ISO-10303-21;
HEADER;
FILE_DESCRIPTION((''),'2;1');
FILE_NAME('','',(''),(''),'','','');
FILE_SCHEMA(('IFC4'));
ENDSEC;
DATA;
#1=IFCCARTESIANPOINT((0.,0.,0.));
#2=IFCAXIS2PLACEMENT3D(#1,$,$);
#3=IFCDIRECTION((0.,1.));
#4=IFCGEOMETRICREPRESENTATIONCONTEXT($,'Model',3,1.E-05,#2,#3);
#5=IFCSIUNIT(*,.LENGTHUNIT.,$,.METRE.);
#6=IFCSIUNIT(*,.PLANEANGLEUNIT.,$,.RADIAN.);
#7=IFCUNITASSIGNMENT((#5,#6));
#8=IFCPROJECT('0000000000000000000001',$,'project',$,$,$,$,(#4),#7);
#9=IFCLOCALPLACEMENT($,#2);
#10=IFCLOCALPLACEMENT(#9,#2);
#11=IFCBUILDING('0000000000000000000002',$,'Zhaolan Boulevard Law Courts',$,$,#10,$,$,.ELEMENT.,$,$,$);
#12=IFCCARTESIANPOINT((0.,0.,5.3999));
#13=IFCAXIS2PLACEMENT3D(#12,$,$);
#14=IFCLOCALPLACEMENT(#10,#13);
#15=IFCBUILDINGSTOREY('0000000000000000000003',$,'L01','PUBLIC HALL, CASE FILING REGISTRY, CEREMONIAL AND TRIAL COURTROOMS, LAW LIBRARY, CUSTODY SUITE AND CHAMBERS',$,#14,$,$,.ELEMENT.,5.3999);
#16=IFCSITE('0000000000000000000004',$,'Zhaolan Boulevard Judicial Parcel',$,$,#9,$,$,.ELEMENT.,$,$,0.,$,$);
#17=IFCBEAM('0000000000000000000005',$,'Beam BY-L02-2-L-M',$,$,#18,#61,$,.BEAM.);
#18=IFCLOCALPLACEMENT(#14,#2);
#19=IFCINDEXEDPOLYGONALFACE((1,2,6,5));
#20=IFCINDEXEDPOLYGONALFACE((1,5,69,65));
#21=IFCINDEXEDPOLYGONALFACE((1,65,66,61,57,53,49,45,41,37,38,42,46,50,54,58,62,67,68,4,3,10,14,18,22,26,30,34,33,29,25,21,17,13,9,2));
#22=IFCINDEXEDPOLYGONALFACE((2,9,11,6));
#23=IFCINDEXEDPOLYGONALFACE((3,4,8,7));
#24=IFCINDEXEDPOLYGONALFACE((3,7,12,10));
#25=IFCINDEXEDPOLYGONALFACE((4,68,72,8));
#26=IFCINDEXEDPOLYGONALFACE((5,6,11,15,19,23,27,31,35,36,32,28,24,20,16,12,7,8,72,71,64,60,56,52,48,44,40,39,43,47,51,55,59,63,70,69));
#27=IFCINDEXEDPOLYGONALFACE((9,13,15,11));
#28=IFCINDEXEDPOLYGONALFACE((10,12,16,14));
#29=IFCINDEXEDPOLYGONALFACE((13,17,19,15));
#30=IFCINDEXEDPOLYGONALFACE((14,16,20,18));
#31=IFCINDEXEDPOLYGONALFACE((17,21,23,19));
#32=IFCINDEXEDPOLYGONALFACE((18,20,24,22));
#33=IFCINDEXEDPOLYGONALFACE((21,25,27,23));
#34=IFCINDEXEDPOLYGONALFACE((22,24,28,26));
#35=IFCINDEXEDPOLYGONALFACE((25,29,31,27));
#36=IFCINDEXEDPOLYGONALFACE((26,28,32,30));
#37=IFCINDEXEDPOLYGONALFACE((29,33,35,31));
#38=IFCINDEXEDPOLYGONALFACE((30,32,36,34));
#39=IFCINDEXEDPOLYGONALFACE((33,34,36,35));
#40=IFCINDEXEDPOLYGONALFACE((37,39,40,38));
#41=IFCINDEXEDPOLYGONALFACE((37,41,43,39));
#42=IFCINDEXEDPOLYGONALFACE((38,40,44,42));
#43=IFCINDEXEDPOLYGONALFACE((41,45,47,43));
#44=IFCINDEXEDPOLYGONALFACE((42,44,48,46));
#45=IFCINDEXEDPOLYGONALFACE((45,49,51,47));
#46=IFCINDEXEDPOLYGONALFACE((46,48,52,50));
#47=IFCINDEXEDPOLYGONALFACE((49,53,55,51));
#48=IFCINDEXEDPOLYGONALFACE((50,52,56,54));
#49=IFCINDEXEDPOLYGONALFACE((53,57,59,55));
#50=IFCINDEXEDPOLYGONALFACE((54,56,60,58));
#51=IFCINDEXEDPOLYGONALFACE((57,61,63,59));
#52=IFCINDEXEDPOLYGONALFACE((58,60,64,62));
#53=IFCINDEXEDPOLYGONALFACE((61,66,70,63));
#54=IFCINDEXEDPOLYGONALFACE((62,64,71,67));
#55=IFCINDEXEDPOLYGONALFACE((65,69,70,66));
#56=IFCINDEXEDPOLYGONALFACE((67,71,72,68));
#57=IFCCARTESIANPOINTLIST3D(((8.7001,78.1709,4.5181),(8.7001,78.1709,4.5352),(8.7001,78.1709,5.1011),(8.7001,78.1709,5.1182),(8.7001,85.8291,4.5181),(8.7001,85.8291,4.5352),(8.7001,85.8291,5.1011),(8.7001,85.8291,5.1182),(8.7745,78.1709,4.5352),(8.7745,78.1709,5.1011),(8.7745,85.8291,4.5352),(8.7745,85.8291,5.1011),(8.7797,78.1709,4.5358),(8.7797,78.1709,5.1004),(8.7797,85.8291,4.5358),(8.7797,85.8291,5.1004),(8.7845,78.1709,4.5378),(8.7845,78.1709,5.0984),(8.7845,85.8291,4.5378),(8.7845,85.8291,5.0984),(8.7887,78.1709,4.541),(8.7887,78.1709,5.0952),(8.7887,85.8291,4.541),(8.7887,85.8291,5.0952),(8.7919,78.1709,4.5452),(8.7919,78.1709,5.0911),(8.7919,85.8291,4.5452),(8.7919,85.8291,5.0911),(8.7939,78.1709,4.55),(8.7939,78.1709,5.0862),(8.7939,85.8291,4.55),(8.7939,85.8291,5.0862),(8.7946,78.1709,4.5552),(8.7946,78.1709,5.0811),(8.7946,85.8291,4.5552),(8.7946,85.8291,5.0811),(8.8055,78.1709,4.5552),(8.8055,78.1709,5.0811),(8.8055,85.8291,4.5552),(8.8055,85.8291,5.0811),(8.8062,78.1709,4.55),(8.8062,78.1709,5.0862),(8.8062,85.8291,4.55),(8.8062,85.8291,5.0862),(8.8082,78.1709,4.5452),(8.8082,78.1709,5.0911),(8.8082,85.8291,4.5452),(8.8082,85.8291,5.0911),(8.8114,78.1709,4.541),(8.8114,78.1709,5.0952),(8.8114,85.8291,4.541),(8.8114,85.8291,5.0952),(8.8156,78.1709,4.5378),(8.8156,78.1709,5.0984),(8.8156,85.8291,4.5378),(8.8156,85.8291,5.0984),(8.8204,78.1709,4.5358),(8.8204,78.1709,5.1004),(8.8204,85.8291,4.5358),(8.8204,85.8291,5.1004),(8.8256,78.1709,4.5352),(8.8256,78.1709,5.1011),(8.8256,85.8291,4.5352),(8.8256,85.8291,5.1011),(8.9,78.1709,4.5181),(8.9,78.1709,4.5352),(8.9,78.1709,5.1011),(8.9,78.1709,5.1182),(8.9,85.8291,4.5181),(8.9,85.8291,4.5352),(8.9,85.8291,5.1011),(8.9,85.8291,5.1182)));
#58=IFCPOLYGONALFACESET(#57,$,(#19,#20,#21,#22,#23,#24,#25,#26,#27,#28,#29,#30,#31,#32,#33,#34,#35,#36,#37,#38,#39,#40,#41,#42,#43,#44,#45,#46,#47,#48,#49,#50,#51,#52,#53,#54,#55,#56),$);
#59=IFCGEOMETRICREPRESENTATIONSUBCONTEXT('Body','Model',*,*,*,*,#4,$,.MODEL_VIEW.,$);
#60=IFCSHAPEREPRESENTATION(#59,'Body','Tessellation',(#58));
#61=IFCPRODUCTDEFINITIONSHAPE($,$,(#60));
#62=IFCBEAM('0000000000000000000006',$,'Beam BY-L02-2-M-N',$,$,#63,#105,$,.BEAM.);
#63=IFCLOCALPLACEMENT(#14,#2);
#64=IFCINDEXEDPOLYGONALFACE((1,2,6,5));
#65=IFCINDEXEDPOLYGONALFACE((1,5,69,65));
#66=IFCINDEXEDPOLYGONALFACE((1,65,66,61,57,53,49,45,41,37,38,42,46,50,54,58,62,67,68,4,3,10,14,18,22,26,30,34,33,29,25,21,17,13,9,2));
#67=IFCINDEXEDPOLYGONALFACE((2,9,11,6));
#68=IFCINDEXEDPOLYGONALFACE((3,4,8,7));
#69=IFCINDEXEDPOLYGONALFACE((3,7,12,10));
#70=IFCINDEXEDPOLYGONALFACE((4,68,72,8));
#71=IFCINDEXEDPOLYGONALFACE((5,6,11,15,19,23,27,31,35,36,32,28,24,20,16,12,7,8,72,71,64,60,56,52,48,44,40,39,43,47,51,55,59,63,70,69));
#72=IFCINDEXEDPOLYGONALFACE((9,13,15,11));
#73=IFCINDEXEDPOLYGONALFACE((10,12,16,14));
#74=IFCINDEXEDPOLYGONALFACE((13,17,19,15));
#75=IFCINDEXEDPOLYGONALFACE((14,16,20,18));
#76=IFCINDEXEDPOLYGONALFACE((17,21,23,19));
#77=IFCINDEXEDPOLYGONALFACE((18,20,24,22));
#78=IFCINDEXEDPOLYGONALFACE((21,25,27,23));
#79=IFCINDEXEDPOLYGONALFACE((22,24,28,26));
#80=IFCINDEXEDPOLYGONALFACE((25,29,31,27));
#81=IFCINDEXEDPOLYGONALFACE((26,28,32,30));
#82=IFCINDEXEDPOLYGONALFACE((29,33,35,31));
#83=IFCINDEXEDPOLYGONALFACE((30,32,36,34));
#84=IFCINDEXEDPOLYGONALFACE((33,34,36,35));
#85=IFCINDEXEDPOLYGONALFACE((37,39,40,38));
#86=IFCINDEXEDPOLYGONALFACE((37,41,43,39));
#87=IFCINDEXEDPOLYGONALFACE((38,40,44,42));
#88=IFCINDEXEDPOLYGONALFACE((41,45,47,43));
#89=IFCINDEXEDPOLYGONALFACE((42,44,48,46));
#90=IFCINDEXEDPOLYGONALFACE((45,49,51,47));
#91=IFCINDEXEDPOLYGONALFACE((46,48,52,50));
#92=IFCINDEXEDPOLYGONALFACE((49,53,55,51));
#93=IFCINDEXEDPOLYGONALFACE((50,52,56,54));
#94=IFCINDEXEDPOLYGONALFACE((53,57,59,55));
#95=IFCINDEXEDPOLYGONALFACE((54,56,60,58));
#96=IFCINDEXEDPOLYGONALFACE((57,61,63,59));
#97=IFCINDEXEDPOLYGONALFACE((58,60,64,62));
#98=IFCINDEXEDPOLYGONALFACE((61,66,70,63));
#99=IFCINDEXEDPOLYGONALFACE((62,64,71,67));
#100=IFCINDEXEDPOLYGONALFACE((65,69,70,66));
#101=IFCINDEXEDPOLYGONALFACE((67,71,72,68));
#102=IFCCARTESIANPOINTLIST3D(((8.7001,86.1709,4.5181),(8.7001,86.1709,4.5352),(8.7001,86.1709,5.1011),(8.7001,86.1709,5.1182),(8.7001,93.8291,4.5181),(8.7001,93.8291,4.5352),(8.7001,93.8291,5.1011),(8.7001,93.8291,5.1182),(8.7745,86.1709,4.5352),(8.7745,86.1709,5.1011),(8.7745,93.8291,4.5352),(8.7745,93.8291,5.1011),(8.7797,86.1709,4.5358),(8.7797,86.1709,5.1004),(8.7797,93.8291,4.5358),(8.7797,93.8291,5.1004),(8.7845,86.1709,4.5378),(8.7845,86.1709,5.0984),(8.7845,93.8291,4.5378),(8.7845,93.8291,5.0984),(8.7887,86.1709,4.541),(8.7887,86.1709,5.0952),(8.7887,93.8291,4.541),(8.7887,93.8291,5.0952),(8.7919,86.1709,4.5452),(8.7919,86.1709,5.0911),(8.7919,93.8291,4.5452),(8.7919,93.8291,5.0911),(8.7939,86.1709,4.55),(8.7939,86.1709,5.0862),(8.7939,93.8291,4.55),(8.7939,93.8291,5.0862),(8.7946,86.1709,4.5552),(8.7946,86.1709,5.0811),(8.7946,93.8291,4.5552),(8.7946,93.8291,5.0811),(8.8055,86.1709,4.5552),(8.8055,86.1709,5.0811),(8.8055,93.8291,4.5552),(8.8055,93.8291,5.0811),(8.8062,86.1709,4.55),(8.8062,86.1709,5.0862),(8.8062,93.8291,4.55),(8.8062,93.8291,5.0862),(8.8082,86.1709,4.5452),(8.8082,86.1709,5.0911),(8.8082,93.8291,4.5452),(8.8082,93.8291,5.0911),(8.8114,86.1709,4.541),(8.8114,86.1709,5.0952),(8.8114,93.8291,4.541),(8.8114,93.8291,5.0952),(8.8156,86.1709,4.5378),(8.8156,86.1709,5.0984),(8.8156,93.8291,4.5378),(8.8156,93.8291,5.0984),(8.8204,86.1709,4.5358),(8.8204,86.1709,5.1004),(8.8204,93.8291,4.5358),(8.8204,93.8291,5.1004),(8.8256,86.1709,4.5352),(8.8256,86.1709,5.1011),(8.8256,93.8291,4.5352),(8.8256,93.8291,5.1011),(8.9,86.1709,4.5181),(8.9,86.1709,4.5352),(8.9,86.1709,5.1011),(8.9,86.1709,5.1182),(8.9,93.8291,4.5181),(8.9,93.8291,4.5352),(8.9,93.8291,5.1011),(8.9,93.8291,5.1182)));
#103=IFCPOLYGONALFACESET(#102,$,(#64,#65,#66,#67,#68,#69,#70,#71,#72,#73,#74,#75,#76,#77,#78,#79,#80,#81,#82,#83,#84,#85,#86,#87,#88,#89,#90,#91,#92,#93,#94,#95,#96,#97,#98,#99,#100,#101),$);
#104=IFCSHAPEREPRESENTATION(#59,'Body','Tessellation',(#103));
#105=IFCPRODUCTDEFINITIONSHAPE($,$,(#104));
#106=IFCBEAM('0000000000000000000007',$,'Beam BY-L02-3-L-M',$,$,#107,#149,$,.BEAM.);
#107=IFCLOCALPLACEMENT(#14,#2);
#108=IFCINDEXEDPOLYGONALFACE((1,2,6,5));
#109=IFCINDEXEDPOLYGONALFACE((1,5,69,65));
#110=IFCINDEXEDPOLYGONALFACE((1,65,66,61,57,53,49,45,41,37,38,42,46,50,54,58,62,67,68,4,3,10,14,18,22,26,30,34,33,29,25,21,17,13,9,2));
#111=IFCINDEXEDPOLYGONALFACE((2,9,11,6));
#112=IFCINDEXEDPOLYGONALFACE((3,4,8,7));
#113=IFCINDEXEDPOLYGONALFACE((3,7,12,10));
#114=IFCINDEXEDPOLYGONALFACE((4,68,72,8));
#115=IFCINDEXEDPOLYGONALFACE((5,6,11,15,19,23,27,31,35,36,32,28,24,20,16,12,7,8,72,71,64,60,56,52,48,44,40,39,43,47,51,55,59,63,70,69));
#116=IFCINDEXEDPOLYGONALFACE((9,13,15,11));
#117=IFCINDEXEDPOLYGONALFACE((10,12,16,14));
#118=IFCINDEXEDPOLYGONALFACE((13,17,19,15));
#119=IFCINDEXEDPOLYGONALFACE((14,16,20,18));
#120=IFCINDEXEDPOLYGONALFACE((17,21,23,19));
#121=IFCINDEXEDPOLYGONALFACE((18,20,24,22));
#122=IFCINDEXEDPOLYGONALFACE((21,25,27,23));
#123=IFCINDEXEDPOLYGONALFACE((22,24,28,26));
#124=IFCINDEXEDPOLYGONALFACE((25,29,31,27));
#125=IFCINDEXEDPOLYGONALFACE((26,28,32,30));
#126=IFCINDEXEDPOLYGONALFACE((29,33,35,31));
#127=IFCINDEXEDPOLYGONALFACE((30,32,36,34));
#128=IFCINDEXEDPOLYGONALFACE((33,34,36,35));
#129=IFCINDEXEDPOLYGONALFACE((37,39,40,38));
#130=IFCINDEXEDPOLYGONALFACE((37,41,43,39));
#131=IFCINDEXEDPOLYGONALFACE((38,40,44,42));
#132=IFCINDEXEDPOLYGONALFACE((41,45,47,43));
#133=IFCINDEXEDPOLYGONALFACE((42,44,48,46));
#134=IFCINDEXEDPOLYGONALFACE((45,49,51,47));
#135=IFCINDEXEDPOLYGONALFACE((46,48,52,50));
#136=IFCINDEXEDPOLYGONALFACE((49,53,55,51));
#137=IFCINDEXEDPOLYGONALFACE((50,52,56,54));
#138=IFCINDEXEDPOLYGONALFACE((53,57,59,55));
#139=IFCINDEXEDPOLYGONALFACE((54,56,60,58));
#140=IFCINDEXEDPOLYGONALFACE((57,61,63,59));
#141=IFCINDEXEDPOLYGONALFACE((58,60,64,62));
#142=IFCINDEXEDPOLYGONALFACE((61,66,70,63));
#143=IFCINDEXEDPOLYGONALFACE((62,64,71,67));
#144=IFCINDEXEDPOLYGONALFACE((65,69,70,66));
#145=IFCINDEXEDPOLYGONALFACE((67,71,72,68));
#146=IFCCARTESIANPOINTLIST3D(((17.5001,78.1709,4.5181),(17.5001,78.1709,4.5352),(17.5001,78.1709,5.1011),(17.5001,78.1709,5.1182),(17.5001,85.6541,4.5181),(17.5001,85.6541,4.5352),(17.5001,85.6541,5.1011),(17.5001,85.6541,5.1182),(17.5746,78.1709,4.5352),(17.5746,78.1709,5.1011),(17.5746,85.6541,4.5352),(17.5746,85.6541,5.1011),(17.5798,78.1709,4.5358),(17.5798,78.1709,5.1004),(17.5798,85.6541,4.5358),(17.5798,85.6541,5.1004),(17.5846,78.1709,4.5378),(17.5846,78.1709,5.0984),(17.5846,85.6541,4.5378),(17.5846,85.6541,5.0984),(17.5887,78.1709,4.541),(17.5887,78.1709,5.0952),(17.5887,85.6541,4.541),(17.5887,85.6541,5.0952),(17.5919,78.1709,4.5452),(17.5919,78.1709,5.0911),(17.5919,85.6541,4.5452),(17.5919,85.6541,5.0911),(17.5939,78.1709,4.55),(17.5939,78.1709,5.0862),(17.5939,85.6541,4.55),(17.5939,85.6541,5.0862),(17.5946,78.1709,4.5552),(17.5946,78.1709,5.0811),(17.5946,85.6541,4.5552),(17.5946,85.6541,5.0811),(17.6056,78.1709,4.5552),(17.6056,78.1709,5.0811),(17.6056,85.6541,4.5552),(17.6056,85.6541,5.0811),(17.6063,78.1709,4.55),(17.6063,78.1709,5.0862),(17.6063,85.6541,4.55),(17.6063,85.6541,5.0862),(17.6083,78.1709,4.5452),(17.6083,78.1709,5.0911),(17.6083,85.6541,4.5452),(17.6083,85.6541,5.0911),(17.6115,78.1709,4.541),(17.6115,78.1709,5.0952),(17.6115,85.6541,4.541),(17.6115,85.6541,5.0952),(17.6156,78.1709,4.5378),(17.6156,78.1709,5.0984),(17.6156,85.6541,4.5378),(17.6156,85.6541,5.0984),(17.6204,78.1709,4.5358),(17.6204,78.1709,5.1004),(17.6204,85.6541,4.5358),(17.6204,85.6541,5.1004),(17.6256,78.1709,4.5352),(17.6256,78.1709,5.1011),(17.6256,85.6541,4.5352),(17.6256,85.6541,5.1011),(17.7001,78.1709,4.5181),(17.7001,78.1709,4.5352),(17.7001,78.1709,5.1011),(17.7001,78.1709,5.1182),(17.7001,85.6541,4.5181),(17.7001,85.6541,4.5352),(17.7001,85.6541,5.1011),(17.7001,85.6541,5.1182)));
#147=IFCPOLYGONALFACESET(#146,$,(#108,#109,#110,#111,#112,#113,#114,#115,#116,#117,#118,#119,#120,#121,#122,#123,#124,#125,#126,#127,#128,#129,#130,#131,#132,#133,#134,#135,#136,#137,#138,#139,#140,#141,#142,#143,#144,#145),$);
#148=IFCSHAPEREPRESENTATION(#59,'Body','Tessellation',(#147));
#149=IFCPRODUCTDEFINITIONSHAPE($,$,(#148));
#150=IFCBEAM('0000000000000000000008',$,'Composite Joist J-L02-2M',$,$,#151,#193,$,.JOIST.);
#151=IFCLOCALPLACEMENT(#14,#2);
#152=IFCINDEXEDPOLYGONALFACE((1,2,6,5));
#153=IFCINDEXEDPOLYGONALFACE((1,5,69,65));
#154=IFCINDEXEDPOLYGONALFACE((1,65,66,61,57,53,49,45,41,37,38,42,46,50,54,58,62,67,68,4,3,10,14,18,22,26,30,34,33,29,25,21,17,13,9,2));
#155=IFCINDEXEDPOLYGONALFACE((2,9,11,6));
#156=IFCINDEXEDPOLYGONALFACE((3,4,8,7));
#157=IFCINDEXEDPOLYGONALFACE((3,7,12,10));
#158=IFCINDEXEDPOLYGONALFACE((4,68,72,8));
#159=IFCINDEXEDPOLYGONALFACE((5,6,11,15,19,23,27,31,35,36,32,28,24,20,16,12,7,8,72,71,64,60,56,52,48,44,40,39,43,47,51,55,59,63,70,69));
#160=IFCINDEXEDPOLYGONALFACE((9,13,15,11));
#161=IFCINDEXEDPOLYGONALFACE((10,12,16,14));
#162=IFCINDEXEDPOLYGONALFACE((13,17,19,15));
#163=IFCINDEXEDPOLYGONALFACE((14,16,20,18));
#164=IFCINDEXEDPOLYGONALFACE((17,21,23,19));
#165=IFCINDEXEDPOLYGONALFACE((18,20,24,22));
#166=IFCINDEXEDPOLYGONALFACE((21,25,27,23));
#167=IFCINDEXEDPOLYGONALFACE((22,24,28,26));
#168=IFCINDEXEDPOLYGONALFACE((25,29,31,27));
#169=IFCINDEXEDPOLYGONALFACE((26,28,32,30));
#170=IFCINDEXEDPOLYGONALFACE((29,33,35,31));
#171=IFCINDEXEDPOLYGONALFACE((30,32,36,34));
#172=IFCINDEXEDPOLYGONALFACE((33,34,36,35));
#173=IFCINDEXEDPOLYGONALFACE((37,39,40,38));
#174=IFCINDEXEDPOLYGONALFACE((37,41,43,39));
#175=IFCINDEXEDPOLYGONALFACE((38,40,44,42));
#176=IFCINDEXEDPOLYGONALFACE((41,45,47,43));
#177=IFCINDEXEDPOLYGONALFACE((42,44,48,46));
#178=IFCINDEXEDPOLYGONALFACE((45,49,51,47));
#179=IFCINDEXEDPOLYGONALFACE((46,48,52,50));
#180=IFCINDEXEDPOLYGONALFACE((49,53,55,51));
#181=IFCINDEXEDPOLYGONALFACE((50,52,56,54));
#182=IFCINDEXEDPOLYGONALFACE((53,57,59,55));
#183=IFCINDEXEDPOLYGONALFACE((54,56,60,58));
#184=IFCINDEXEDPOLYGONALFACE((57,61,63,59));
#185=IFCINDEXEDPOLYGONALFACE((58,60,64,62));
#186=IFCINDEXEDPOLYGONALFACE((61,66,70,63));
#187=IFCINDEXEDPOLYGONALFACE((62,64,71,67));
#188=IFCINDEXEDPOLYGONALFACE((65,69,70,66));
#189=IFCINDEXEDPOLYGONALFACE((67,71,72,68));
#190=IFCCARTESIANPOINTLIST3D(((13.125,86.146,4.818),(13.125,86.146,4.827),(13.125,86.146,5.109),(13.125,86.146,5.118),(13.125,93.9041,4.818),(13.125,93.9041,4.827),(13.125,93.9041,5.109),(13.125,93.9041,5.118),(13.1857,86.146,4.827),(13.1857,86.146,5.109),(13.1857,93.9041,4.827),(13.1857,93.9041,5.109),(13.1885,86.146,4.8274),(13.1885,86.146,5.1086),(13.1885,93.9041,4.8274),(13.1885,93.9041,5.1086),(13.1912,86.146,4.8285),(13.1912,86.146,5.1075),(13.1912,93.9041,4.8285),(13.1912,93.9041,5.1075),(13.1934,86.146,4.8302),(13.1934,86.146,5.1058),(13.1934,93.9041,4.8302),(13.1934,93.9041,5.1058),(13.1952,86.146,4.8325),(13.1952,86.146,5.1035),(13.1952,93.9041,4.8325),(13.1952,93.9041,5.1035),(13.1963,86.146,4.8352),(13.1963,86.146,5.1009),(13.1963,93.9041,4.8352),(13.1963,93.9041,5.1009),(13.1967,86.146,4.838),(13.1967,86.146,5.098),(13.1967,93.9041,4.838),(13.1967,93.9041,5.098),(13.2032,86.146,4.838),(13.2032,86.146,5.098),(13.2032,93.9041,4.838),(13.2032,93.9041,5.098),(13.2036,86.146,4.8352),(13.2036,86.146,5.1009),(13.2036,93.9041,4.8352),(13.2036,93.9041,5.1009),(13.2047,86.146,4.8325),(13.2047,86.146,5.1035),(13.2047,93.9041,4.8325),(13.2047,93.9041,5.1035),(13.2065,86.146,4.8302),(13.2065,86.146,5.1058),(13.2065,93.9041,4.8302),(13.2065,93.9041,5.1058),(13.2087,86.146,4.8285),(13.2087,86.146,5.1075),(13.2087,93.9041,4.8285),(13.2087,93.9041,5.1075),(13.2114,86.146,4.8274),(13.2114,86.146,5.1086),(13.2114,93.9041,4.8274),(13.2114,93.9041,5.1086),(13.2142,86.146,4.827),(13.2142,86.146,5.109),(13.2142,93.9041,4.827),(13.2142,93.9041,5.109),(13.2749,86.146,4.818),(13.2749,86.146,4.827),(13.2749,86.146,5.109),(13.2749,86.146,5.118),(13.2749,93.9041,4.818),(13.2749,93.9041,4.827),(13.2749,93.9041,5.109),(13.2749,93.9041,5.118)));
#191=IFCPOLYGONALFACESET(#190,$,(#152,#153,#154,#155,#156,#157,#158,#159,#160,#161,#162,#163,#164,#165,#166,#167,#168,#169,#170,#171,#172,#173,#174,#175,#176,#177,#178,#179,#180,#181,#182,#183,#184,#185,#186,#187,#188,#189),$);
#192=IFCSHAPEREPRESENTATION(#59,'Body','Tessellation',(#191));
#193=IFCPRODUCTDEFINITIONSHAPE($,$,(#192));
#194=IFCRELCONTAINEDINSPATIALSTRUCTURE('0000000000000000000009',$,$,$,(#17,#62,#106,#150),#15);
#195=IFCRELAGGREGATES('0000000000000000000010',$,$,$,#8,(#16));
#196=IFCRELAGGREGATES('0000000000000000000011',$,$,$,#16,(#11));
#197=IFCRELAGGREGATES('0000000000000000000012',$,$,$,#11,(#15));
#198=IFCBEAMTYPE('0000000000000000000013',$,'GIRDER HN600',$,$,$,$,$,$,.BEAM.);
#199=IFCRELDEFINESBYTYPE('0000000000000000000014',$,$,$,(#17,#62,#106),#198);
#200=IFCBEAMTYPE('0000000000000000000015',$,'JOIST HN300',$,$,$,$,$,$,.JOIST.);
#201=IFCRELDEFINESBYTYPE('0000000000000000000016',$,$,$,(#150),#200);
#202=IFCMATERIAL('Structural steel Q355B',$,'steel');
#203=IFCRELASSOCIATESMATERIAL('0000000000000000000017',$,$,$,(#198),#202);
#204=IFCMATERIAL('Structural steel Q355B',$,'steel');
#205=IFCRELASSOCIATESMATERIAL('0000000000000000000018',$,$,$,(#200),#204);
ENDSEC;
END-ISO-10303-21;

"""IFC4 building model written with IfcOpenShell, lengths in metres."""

from ifc_helpers import new_model, si_unit, direction, frame, origin, origin_2d, place, context, subcontext, project, spatial, i_section, extrude, material, material_profile, profile_set, type_object, element, save


model = new_model("IFC4")

# Units and contexts
model_context = context("Model", 3, precision=1e-05, world=origin(), true_north=direction((0.0, 1.0)))
body_context = subcontext(model_context, "Body", "Model", "MODEL_VIEW")
ifc_project = project(units=[si_unit("LENGTHUNIT", "METRE"), si_unit("PLANEANGLEUNIT", "RADIAN")], contexts=[model_context])

# Site, building, storey
site_placement = place(None, origin())
site = spatial("IfcSite", under=ifc_project, at=site_placement, Name="Zhaolan Boulevard Judicial Parcel", CompositionType="ELEMENT", RefElevation=0.0)
building_placement = place(site_placement, origin())
building = spatial("IfcBuilding", under=site, at=building_placement, Name="Zhaolan Boulevard Law Courts", CompositionType="ELEMENT")
storey_placement = place(building_placement, frame((0.0, 0.0, 5.3999)))
storey = spatial("IfcBuildingStorey", under=building, at=storey_placement, Name="L01", Description="PUBLIC HALL, CASE FILING REGISTRY, CEREMONIAL AND TRIAL COURTROOMS, LAW LIBRARY, CUSTODY SUITE AND CHAMBERS", CompositionType="ELEMENT", Elevation=5.3999)

# Beams
ifc_material_1 = material(Name="Structural steel Q355B", Category="steel")
ifc_material_profile_1 = material_profile(ifc_material_1, i_section(OverallWidth=0.2, OverallDepth=0.6001, WebThickness=0.011, FlangeThickness=0.0171, FilletRadius=0.02, at=origin_2d()), Name="HN600x200")
ifc_profile_set_1 = profile_set([ifc_material_profile_1], Name="Structural steel Q355B")
beam_type_1 = type_object("IfcBeamType", Name="GIRDER HN600", PredefinedType="BEAM", material=ifc_profile_set_1)
for number, where, z_axis, x_axis, name in (
    (1, (8.8, 78.1709, 4.8181), (0.0, 1.0, 0.0), (-1.0, 0.0, 0.0), "Beam BY-L02-2-L-M"),
    (2, (8.8, 86.1709, 4.8181), (0.0, 1.0, 0.0), (-1.0, 0.0, 0.0), "Beam BY-L02-2-M-N"),
):
    element("IfcBeam", number, at=place(storey_placement, frame(where, z_axis=z_axis, x_axis=x_axis)), inside=storey, type_object=beam_type_1, Name=name, PredefinedType="BEAM", context=body_context, shape_type="SweptSolid", body=[
        extrude(i_section(OverallWidth=0.2, OverallDepth=0.6001, WebThickness=0.011, FlangeThickness=0.0171, FilletRadius=0.02, at=origin_2d()), origin(), (0.0, 0.0, 1.0), 7.6582),
    ])
beam_1_placement = place(storey_placement, frame((17.6001, 78.1709, 4.8181), z_axis=(0.0, 1.0, 0.0), x_axis=(-1.0, 0.0, 0.0)))
element("IfcBeam", 3, at=beam_1_placement, inside=storey, type_object=beam_type_1, Name="Beam BY-L02-3-L-M", PredefinedType="BEAM", context=body_context, shape_type="SweptSolid", body=[
    extrude(i_section(OverallWidth=0.2, OverallDepth=0.6001, WebThickness=0.011, FlangeThickness=0.0171, FilletRadius=0.02, at=origin_2d()), origin(), (0.0, 0.0, 1.0), 7.4832),
])
ifc_material_2 = material(Name="Structural steel Q355B", Category="steel")
ifc_material_profile_2 = material_profile(ifc_material_2, i_section(OverallWidth=0.1499, OverallDepth=0.3, WebThickness=0.0066, FlangeThickness=0.009, FilletRadius=0.011, at=origin_2d()), Name="HN300x150")
ifc_profile_set_2 = profile_set([ifc_material_profile_2], Name="Structural steel Q355B")
beam_type_2 = type_object("IfcBeamType", Name="JOIST HN300", PredefinedType="JOIST", material=ifc_profile_set_2)
beam_2_placement = place(storey_placement, frame((13.2, 86.146, 4.968), z_axis=(0.0, 1.0, 0.0), x_axis=(-1.0, 0.0, 0.0)))
element("IfcBeam", 4, at=beam_2_placement, inside=storey, type_object=beam_type_2, Name="Composite Joist J-L02-2M", PredefinedType="JOIST", context=body_context, shape_type="SweptSolid", body=[
    extrude(i_section(OverallWidth=0.1499, OverallDepth=0.3, WebThickness=0.0066, FlangeThickness=0.009, FilletRadius=0.011, at=origin_2d()), origin(), (0.0, 0.0, 1.0), 7.7581),
])

save(model, "model.ifc")
